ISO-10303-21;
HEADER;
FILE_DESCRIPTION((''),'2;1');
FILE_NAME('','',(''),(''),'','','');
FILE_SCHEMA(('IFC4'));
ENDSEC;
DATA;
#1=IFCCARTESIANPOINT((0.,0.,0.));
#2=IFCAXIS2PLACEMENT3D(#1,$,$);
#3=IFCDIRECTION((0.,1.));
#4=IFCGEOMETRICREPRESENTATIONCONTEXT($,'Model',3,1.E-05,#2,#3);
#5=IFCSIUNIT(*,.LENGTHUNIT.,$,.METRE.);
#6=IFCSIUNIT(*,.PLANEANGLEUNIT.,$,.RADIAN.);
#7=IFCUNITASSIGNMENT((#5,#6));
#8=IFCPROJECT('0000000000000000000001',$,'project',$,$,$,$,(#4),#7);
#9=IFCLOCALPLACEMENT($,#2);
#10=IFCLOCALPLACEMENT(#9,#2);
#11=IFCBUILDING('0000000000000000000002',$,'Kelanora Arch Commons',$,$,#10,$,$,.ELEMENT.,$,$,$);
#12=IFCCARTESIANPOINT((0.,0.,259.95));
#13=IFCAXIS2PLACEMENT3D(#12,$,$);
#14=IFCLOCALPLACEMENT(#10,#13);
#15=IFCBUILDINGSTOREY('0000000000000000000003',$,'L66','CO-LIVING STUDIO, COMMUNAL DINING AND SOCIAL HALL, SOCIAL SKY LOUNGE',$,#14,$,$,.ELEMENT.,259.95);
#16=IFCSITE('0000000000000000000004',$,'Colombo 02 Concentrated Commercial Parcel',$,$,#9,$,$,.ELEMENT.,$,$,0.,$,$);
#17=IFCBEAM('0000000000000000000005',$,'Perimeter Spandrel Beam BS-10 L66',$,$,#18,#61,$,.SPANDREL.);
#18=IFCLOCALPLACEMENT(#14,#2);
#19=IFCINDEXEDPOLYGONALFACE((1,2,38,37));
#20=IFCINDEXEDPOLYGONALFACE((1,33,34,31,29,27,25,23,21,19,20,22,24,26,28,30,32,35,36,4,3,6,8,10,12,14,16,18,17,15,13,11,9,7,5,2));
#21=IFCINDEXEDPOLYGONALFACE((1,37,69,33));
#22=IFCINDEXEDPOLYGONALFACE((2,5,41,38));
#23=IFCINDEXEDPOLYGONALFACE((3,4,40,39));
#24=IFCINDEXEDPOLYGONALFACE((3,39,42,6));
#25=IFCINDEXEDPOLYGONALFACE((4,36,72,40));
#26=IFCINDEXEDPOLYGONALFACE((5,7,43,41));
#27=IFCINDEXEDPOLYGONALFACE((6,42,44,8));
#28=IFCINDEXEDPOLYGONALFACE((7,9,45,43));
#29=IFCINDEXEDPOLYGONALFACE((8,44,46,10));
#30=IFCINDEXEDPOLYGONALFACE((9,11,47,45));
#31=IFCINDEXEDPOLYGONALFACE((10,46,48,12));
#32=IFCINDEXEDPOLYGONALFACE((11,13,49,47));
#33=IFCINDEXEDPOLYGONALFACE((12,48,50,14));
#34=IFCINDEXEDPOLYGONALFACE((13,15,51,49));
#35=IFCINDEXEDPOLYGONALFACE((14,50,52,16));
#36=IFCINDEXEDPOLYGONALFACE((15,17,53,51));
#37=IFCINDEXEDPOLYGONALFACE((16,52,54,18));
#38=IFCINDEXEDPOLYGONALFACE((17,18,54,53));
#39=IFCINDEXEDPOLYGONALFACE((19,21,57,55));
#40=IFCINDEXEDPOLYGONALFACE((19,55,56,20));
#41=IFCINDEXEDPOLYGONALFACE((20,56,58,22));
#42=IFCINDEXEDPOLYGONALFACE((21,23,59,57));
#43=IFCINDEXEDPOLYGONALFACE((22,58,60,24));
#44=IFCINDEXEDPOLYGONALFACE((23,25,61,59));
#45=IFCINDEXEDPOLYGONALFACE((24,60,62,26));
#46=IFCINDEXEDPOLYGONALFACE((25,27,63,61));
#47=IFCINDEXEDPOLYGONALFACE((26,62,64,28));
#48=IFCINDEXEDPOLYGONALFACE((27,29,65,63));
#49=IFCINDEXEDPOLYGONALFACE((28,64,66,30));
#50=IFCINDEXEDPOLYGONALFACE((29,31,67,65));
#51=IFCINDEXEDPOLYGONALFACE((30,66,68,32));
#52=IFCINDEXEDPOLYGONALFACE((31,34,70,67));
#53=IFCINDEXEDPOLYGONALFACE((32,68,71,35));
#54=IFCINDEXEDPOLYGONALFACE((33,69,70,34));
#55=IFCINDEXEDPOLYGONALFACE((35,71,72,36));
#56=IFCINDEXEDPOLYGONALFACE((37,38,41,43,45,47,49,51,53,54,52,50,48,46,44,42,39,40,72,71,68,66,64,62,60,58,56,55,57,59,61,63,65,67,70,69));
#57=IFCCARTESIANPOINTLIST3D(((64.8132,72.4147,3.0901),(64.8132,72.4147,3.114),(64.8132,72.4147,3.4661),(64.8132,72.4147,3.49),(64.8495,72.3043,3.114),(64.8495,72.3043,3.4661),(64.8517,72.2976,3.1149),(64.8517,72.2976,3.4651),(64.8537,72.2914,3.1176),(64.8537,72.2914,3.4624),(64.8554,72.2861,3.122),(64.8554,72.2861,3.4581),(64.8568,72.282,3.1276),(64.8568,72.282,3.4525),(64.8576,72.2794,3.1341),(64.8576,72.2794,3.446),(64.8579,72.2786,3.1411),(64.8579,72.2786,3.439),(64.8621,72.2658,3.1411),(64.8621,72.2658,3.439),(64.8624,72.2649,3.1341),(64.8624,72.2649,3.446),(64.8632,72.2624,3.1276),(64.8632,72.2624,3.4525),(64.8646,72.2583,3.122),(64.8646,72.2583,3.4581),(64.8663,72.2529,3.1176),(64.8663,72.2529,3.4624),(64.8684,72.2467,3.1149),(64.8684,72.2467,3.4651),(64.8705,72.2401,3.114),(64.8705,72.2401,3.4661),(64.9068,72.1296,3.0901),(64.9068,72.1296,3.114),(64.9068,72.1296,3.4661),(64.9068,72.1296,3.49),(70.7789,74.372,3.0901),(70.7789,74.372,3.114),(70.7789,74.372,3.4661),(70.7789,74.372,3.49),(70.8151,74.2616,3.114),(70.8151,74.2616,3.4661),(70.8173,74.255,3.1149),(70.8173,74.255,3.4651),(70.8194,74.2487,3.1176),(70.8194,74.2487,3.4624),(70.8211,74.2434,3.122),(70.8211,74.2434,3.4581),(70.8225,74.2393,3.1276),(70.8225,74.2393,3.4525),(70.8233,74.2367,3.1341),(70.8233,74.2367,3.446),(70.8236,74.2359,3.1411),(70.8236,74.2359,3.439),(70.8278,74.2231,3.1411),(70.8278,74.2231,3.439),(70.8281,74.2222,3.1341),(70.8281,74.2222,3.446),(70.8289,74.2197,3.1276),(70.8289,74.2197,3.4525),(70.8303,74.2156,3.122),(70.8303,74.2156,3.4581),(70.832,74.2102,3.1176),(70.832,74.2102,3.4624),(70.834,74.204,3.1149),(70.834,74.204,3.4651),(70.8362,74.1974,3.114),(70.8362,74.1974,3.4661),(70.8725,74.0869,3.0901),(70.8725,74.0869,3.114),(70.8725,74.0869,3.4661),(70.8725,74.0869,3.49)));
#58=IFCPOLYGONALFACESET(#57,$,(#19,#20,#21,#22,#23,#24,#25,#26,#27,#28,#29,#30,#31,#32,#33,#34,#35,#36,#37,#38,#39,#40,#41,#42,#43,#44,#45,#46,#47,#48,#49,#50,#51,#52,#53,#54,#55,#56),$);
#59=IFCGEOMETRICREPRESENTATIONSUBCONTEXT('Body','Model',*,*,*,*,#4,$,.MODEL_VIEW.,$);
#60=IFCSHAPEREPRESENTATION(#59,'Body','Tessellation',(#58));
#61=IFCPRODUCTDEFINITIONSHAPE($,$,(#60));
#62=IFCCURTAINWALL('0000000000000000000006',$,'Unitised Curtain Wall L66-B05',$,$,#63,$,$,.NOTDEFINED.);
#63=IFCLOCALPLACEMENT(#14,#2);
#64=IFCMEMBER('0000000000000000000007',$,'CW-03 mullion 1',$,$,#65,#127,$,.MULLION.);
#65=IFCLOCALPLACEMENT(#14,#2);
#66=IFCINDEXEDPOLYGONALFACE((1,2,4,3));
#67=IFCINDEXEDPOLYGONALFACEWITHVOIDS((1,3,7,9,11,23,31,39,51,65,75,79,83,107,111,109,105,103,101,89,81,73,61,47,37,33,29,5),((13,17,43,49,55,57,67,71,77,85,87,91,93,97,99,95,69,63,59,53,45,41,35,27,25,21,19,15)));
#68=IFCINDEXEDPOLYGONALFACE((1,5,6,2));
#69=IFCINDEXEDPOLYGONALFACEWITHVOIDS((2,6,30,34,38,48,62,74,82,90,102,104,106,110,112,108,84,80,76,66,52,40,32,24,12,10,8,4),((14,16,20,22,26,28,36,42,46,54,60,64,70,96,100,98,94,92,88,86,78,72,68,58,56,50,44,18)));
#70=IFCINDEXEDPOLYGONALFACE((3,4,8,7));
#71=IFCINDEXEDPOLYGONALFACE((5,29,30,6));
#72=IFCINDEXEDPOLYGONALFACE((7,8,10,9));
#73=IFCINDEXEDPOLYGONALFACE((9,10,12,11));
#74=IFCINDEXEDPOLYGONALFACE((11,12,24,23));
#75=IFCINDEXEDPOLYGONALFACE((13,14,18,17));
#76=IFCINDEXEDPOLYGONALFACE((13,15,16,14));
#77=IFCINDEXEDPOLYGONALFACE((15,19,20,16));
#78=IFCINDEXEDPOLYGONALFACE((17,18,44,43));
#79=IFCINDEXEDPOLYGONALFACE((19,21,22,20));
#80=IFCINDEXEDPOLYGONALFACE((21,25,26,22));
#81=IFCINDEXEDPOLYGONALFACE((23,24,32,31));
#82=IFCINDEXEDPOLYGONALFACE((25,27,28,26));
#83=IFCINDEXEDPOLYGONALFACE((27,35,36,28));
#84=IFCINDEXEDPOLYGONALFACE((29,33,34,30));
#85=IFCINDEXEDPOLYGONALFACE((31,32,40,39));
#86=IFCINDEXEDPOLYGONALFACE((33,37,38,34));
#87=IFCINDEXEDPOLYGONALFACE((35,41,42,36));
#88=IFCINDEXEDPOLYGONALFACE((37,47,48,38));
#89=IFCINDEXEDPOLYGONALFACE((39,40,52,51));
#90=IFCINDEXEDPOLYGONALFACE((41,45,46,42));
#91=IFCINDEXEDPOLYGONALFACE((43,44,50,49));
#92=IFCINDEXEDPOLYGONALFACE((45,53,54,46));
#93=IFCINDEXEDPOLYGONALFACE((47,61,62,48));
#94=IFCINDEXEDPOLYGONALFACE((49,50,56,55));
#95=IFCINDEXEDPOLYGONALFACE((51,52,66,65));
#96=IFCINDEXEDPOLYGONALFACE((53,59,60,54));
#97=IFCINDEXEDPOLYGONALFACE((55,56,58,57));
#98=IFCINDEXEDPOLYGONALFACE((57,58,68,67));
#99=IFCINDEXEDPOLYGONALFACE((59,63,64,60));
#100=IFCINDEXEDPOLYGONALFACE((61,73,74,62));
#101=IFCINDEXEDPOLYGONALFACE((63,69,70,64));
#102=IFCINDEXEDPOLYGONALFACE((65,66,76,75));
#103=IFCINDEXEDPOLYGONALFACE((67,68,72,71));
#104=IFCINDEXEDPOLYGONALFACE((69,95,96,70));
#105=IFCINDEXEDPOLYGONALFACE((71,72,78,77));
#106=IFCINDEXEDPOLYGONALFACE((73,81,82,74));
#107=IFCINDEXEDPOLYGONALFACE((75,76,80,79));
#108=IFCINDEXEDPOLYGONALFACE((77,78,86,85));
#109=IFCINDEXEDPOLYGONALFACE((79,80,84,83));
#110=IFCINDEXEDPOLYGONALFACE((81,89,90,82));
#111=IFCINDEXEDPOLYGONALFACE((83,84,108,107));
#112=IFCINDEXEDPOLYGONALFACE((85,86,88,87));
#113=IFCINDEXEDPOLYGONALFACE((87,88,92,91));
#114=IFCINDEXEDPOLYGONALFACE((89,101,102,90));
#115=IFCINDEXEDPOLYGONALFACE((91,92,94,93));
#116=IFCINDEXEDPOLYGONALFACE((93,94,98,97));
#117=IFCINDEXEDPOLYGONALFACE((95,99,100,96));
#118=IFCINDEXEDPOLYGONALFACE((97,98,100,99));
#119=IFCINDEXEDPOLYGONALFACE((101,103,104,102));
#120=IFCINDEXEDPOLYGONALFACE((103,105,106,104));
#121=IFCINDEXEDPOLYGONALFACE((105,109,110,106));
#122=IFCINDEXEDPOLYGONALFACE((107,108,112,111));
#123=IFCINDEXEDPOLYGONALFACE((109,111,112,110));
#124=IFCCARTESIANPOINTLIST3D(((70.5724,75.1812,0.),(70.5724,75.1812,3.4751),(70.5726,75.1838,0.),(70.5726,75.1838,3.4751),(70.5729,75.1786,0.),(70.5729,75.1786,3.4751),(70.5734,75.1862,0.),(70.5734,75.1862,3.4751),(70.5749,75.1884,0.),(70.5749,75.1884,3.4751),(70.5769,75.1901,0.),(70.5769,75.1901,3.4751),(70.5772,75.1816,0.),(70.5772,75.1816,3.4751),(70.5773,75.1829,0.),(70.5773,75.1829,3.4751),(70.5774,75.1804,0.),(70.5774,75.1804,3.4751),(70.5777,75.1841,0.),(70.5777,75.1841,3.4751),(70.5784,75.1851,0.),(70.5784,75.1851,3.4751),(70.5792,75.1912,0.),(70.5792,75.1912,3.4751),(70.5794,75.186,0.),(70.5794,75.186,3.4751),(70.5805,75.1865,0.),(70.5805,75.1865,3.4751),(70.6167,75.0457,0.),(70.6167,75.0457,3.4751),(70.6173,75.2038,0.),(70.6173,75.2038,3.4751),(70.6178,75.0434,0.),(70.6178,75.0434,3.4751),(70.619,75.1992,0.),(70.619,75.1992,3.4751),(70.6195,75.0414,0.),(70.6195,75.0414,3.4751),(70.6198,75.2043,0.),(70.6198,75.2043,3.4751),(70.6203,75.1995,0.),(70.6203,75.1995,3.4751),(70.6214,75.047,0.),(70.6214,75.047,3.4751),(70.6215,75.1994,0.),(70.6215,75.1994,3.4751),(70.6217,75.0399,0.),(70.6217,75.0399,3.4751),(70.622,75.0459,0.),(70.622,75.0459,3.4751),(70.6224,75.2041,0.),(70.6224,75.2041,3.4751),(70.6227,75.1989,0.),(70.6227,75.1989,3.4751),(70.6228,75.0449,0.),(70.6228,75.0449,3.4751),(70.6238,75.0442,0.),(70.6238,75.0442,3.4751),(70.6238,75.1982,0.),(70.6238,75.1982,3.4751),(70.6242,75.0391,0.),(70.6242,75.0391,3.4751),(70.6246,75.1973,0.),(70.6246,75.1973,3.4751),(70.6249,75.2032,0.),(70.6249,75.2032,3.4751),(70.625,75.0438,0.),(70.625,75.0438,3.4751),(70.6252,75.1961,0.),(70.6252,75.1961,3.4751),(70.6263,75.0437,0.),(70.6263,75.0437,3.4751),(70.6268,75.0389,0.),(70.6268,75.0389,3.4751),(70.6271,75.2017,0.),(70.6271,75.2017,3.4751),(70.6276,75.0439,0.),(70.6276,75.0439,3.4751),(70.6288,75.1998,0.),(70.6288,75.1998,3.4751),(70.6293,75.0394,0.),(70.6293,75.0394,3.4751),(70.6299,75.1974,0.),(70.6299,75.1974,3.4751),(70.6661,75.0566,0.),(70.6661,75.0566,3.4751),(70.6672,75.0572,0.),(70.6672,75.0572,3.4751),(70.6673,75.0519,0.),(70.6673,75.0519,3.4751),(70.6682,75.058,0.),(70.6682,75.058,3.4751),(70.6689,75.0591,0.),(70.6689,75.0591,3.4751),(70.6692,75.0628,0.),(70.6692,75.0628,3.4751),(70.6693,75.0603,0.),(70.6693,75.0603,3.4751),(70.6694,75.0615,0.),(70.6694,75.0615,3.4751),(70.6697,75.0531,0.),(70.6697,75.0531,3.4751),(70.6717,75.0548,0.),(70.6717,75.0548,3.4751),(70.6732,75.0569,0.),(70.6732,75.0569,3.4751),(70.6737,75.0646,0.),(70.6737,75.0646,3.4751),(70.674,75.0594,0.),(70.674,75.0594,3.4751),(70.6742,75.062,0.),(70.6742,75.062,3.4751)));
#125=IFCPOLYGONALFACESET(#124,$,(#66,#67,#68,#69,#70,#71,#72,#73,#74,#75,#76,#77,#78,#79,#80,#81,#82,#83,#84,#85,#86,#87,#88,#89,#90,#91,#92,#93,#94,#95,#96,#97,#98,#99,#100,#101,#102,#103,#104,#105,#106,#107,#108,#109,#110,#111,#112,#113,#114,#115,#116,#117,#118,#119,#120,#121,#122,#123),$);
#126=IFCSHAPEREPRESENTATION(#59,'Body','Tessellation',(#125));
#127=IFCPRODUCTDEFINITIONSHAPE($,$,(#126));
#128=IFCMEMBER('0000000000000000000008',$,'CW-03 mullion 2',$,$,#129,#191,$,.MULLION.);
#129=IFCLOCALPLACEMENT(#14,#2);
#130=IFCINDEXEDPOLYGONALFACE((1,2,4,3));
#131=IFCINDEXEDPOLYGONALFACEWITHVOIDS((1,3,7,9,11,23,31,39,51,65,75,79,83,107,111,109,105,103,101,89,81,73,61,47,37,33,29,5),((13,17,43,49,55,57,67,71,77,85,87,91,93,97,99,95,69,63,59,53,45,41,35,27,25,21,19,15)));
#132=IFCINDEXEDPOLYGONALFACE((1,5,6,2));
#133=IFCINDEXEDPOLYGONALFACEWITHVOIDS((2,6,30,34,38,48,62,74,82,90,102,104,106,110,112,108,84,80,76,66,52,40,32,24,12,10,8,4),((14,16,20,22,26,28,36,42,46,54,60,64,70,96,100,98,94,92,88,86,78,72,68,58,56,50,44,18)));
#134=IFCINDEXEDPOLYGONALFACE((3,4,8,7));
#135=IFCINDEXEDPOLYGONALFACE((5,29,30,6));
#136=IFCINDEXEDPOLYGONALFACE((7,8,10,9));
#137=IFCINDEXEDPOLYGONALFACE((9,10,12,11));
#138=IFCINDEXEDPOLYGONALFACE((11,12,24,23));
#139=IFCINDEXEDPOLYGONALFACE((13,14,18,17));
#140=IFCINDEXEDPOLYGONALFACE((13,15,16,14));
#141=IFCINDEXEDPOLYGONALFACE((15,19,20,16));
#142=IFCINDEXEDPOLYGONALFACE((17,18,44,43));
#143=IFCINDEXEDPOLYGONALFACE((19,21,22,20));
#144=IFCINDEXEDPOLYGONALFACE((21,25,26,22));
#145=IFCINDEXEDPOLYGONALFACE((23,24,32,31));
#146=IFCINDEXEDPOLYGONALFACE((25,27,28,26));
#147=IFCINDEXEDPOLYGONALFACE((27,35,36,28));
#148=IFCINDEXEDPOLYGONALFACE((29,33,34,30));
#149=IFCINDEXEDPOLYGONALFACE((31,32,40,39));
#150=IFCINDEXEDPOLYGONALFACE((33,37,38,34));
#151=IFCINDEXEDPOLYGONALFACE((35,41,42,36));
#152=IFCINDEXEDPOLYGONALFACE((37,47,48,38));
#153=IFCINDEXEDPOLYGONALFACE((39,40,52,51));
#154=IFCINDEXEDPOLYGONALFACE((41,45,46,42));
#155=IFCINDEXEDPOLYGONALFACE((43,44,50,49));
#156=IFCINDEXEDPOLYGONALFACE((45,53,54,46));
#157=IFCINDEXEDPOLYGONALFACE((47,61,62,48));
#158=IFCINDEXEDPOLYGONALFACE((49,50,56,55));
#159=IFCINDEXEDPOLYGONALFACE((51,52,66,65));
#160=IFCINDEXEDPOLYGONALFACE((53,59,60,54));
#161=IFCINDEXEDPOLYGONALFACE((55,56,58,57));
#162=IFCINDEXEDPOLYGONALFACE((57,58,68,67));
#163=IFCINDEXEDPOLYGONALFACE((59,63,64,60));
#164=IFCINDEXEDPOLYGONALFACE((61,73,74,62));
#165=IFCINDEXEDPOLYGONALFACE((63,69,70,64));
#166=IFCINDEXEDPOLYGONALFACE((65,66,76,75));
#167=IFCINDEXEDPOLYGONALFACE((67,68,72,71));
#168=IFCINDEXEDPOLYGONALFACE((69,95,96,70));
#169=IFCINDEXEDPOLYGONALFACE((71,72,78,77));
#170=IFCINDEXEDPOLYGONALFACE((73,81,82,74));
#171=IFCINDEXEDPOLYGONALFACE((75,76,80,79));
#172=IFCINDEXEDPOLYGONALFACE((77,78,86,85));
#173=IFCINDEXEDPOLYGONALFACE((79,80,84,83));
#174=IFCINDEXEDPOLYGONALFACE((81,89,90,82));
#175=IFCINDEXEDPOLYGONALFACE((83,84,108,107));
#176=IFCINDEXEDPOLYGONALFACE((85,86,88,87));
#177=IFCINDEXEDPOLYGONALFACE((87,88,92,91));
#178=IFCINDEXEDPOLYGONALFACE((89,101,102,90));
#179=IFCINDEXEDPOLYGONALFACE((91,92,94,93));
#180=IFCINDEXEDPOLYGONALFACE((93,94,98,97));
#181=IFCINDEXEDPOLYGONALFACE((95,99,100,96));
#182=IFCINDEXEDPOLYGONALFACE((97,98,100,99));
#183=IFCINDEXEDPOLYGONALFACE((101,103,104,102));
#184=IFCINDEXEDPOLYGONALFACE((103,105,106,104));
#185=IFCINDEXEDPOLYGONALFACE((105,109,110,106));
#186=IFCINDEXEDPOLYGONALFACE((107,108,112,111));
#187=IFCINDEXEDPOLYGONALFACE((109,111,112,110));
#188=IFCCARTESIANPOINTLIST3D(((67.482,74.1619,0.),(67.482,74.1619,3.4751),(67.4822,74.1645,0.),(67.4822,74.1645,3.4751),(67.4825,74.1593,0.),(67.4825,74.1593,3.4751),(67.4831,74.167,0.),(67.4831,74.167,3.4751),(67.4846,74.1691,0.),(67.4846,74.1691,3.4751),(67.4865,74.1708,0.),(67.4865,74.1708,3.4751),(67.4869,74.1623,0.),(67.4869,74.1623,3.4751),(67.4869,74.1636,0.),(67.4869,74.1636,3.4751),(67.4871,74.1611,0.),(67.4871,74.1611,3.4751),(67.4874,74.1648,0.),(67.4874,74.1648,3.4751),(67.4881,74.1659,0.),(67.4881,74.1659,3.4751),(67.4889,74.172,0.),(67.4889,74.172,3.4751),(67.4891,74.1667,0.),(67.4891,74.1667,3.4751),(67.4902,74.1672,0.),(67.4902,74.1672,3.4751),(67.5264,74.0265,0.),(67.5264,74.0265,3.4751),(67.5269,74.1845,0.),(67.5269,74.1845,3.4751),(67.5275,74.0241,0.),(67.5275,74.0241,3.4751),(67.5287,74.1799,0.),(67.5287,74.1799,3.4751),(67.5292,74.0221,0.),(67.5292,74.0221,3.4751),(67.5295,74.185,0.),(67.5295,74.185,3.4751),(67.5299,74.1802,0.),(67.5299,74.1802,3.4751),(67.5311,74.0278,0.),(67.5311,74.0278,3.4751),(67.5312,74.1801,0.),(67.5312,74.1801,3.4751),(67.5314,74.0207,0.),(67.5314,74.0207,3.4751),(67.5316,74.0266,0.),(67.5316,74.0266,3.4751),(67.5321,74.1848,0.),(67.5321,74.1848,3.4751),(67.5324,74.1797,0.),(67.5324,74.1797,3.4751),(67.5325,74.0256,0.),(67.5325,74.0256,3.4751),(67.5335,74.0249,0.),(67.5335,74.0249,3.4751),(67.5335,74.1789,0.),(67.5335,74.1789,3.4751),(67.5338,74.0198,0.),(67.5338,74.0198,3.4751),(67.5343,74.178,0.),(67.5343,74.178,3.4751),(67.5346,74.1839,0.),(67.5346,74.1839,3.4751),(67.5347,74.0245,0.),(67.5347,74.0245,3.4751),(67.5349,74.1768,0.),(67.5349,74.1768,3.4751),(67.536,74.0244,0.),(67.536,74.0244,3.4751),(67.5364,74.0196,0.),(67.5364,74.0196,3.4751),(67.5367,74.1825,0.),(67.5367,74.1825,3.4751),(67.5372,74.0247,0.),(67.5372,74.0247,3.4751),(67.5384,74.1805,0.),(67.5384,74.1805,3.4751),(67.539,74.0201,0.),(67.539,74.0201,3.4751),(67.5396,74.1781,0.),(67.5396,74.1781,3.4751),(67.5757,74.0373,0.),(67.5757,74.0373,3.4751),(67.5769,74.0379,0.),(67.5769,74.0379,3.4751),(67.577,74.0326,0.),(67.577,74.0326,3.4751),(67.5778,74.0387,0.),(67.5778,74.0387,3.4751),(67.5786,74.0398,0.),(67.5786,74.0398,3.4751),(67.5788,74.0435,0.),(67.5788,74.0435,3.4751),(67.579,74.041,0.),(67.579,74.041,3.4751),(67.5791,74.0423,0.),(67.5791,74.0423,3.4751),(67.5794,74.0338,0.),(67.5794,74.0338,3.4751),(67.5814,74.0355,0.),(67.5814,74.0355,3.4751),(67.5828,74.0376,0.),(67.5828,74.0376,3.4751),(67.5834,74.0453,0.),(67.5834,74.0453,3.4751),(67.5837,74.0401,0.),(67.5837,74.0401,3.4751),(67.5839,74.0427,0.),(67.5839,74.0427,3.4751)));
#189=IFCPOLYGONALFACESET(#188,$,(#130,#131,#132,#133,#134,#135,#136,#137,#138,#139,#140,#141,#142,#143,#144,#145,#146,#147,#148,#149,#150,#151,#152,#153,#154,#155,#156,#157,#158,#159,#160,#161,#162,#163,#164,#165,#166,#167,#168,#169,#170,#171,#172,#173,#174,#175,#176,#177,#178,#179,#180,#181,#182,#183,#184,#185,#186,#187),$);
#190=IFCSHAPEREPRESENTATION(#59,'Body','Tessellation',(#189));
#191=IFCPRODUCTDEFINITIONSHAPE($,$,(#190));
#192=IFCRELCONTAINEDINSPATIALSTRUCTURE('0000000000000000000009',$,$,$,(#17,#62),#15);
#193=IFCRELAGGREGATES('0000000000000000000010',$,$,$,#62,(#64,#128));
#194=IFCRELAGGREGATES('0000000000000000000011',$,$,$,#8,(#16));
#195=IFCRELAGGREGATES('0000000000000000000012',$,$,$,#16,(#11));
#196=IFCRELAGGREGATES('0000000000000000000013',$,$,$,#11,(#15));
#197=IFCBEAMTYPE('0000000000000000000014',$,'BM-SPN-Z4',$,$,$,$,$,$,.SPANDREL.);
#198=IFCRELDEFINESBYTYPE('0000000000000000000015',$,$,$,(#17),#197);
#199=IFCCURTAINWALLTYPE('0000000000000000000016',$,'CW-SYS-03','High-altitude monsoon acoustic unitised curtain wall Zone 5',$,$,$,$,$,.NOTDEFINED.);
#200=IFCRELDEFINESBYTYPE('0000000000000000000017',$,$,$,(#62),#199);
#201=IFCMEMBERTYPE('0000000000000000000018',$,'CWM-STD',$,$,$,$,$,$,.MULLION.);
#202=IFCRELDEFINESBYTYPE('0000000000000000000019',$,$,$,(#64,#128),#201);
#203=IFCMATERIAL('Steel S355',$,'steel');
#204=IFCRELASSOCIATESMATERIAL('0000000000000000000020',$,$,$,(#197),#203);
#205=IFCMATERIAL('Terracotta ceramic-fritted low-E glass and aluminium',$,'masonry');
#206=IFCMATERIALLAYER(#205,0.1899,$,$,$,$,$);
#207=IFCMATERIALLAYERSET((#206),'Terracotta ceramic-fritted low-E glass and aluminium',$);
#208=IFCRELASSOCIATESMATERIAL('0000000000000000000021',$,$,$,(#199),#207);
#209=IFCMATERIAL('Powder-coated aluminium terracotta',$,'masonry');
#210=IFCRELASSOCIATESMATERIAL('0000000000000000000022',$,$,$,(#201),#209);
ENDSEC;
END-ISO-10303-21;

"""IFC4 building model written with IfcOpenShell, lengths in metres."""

from ifc_helpers import new_model, si_unit, direction, frame, origin, origin_2d, place, context, subcontext, project, spatial, hollow_rectangle, i_section, extrude, material, layer, layer_set, material_profile, profile_set, type_object, element, aggregate, save


model = new_model("IFC4")

# Units and contexts
model_context = context("Model", 3, precision=1e-05, world=origin(), true_north=direction((0.0, 1.0)))
body_context = subcontext(model_context, "Body", "Model", "MODEL_VIEW")
ifc_project = project(units=[si_unit("LENGTHUNIT", "METRE"), si_unit("PLANEANGLEUNIT", "RADIAN")], contexts=[model_context])

# Site, building, storey
site_placement = place(None, origin())
site = spatial("IfcSite", under=ifc_project, at=site_placement, Name="Colombo 02 Concentrated Commercial Parcel", CompositionType="ELEMENT", RefElevation=0.0)
building_placement = place(site_placement, origin())
building = spatial("IfcBuilding", under=site, at=building_placement, Name="Kelanora Arch Commons", CompositionType="ELEMENT")
storey_placement = place(building_placement, frame((0.0, 0.0, 259.95)))
storey = spatial("IfcBuildingStorey", under=building, at=storey_placement, Name="L66", Description="CO-LIVING STUDIO, COMMUNAL DINING AND SOCIAL HALL, SOCIAL SKY LOUNGE", CompositionType="ELEMENT", Elevation=259.95)

# Beam
ifc_material_1 = material(Name="Steel S355", Category="steel")
ifc_material_profile_1 = material_profile(ifc_material_1, i_section(OverallWidth=0.3, OverallDepth=0.3999, WebThickness=0.0134, FlangeThickness=0.0239, FilletRadius=0.0271, at=origin_2d()), Name="HEB400")
ifc_profile_set_1 = profile_set([ifc_material_profile_1], Name="Steel S355")
beam_type_1 = type_object("IfcBeamType", Name="BM-SPN-Z4", PredefinedType="SPANDREL", material=ifc_profile_set_1)
beam_1_placement = place(storey_placement, frame((70.8257, 74.2295, 3.29), z_axis=(-0.950166, -0.311745, 0.0), x_axis=(0.311745, -0.950166, 0.0)))
element("IfcBeam", 1, at=beam_1_placement, inside=storey, type_object=beam_type_1, Name="Perimeter Spandrel Beam BS-10 L66", PredefinedType="SPANDREL", context=body_context, shape_type="SweptSolid", body=[
    extrude(i_section(OverallWidth=0.3, OverallDepth=0.3999, WebThickness=0.0134, FlangeThickness=0.0239, FilletRadius=0.0271, at=origin_2d()), origin(), (0.0, 0.0, 1.0), 6.2786),
])

# Curtain wall, members
ifc_material_2 = material(Name="Terracotta ceramic-fritted low-E glass and aluminium", Category="masonry")
ifc_layer_1 = layer(ifc_material_2, 0.1899)
ifc_layer_set_1 = layer_set([ifc_layer_1], Name="Terracotta ceramic-fritted low-E glass and aluminium")
curtain_wall_type = type_object("IfcCurtainWallType", Name="CW-SYS-03", Description="High-altitude monsoon acoustic unitised curtain wall Zone 5", PredefinedType="NOTDEFINED", material=ifc_layer_set_1)
curtain_wall_placement = place(storey_placement, origin())
curtain_wall = element("IfcCurtainWall", 2, at=curtain_wall_placement, inside=storey, type_object=curtain_wall_type, Name="Unitised Curtain Wall L66-B05", PredefinedType="NOTDEFINED")
ifc_material_3 = material(Name="Powder-coated aluminium terracotta", Category="masonry")
ifc_material_profile_2 = material_profile(ifc_material_3, hollow_rectangle(XDim=0.1599, YDim=0.0601, WallThickness=0.0049, InnerFilletRadius=0.0049, OuterFilletRadius=0.01, at=origin_2d()), Name="CWM160x60")
ifc_profile_set_2 = profile_set([ifc_material_profile_2], Name="Powder-coated aluminium terracotta")
member_type_1 = type_object("IfcMemberType", Name="CWM-STD", PredefinedType="MULLION", material=ifc_profile_set_2)
member_1_placement = place(storey_placement, frame((70.6233, 75.1216, 0.0), z_axis=(0.0, 0.0, 1.0), x_axis=(0.313253, -0.94967, 0.0)))
member_1 = element("IfcMember", 3, at=member_1_placement, type_object=member_type_1, Name="CW-03 mullion 1", PredefinedType="MULLION", context=body_context, shape_type="SweptSolid", body=[
    extrude(hollow_rectangle(XDim=0.1599, YDim=0.0601, WallThickness=0.0049, InnerFilletRadius=0.0049, OuterFilletRadius=0.01, at=origin_2d()), origin(), (0.0, 0.0, 1.0), 3.4751),
])
member_2_placement = place(storey_placement, frame((67.533, 74.1023, 0.0), z_axis=(0.0, 0.0, 1.0), x_axis=(0.313253, -0.94967, 0.0)))
member_2 = element("IfcMember", 4, at=member_2_placement, type_object=member_type_1, Name="CW-03 mullion 2", PredefinedType="MULLION", context=body_context, shape_type="SweptSolid", body=[
    extrude(hollow_rectangle(XDim=0.1599, YDim=0.0601, WallThickness=0.0049, InnerFilletRadius=0.0049, OuterFilletRadius=0.01, at=origin_2d()), origin(), (0.0, 0.0, 1.0), 3.4751),
])
aggregate(curtain_wall, [member_1, member_2])

save(model, "model.ifc")
